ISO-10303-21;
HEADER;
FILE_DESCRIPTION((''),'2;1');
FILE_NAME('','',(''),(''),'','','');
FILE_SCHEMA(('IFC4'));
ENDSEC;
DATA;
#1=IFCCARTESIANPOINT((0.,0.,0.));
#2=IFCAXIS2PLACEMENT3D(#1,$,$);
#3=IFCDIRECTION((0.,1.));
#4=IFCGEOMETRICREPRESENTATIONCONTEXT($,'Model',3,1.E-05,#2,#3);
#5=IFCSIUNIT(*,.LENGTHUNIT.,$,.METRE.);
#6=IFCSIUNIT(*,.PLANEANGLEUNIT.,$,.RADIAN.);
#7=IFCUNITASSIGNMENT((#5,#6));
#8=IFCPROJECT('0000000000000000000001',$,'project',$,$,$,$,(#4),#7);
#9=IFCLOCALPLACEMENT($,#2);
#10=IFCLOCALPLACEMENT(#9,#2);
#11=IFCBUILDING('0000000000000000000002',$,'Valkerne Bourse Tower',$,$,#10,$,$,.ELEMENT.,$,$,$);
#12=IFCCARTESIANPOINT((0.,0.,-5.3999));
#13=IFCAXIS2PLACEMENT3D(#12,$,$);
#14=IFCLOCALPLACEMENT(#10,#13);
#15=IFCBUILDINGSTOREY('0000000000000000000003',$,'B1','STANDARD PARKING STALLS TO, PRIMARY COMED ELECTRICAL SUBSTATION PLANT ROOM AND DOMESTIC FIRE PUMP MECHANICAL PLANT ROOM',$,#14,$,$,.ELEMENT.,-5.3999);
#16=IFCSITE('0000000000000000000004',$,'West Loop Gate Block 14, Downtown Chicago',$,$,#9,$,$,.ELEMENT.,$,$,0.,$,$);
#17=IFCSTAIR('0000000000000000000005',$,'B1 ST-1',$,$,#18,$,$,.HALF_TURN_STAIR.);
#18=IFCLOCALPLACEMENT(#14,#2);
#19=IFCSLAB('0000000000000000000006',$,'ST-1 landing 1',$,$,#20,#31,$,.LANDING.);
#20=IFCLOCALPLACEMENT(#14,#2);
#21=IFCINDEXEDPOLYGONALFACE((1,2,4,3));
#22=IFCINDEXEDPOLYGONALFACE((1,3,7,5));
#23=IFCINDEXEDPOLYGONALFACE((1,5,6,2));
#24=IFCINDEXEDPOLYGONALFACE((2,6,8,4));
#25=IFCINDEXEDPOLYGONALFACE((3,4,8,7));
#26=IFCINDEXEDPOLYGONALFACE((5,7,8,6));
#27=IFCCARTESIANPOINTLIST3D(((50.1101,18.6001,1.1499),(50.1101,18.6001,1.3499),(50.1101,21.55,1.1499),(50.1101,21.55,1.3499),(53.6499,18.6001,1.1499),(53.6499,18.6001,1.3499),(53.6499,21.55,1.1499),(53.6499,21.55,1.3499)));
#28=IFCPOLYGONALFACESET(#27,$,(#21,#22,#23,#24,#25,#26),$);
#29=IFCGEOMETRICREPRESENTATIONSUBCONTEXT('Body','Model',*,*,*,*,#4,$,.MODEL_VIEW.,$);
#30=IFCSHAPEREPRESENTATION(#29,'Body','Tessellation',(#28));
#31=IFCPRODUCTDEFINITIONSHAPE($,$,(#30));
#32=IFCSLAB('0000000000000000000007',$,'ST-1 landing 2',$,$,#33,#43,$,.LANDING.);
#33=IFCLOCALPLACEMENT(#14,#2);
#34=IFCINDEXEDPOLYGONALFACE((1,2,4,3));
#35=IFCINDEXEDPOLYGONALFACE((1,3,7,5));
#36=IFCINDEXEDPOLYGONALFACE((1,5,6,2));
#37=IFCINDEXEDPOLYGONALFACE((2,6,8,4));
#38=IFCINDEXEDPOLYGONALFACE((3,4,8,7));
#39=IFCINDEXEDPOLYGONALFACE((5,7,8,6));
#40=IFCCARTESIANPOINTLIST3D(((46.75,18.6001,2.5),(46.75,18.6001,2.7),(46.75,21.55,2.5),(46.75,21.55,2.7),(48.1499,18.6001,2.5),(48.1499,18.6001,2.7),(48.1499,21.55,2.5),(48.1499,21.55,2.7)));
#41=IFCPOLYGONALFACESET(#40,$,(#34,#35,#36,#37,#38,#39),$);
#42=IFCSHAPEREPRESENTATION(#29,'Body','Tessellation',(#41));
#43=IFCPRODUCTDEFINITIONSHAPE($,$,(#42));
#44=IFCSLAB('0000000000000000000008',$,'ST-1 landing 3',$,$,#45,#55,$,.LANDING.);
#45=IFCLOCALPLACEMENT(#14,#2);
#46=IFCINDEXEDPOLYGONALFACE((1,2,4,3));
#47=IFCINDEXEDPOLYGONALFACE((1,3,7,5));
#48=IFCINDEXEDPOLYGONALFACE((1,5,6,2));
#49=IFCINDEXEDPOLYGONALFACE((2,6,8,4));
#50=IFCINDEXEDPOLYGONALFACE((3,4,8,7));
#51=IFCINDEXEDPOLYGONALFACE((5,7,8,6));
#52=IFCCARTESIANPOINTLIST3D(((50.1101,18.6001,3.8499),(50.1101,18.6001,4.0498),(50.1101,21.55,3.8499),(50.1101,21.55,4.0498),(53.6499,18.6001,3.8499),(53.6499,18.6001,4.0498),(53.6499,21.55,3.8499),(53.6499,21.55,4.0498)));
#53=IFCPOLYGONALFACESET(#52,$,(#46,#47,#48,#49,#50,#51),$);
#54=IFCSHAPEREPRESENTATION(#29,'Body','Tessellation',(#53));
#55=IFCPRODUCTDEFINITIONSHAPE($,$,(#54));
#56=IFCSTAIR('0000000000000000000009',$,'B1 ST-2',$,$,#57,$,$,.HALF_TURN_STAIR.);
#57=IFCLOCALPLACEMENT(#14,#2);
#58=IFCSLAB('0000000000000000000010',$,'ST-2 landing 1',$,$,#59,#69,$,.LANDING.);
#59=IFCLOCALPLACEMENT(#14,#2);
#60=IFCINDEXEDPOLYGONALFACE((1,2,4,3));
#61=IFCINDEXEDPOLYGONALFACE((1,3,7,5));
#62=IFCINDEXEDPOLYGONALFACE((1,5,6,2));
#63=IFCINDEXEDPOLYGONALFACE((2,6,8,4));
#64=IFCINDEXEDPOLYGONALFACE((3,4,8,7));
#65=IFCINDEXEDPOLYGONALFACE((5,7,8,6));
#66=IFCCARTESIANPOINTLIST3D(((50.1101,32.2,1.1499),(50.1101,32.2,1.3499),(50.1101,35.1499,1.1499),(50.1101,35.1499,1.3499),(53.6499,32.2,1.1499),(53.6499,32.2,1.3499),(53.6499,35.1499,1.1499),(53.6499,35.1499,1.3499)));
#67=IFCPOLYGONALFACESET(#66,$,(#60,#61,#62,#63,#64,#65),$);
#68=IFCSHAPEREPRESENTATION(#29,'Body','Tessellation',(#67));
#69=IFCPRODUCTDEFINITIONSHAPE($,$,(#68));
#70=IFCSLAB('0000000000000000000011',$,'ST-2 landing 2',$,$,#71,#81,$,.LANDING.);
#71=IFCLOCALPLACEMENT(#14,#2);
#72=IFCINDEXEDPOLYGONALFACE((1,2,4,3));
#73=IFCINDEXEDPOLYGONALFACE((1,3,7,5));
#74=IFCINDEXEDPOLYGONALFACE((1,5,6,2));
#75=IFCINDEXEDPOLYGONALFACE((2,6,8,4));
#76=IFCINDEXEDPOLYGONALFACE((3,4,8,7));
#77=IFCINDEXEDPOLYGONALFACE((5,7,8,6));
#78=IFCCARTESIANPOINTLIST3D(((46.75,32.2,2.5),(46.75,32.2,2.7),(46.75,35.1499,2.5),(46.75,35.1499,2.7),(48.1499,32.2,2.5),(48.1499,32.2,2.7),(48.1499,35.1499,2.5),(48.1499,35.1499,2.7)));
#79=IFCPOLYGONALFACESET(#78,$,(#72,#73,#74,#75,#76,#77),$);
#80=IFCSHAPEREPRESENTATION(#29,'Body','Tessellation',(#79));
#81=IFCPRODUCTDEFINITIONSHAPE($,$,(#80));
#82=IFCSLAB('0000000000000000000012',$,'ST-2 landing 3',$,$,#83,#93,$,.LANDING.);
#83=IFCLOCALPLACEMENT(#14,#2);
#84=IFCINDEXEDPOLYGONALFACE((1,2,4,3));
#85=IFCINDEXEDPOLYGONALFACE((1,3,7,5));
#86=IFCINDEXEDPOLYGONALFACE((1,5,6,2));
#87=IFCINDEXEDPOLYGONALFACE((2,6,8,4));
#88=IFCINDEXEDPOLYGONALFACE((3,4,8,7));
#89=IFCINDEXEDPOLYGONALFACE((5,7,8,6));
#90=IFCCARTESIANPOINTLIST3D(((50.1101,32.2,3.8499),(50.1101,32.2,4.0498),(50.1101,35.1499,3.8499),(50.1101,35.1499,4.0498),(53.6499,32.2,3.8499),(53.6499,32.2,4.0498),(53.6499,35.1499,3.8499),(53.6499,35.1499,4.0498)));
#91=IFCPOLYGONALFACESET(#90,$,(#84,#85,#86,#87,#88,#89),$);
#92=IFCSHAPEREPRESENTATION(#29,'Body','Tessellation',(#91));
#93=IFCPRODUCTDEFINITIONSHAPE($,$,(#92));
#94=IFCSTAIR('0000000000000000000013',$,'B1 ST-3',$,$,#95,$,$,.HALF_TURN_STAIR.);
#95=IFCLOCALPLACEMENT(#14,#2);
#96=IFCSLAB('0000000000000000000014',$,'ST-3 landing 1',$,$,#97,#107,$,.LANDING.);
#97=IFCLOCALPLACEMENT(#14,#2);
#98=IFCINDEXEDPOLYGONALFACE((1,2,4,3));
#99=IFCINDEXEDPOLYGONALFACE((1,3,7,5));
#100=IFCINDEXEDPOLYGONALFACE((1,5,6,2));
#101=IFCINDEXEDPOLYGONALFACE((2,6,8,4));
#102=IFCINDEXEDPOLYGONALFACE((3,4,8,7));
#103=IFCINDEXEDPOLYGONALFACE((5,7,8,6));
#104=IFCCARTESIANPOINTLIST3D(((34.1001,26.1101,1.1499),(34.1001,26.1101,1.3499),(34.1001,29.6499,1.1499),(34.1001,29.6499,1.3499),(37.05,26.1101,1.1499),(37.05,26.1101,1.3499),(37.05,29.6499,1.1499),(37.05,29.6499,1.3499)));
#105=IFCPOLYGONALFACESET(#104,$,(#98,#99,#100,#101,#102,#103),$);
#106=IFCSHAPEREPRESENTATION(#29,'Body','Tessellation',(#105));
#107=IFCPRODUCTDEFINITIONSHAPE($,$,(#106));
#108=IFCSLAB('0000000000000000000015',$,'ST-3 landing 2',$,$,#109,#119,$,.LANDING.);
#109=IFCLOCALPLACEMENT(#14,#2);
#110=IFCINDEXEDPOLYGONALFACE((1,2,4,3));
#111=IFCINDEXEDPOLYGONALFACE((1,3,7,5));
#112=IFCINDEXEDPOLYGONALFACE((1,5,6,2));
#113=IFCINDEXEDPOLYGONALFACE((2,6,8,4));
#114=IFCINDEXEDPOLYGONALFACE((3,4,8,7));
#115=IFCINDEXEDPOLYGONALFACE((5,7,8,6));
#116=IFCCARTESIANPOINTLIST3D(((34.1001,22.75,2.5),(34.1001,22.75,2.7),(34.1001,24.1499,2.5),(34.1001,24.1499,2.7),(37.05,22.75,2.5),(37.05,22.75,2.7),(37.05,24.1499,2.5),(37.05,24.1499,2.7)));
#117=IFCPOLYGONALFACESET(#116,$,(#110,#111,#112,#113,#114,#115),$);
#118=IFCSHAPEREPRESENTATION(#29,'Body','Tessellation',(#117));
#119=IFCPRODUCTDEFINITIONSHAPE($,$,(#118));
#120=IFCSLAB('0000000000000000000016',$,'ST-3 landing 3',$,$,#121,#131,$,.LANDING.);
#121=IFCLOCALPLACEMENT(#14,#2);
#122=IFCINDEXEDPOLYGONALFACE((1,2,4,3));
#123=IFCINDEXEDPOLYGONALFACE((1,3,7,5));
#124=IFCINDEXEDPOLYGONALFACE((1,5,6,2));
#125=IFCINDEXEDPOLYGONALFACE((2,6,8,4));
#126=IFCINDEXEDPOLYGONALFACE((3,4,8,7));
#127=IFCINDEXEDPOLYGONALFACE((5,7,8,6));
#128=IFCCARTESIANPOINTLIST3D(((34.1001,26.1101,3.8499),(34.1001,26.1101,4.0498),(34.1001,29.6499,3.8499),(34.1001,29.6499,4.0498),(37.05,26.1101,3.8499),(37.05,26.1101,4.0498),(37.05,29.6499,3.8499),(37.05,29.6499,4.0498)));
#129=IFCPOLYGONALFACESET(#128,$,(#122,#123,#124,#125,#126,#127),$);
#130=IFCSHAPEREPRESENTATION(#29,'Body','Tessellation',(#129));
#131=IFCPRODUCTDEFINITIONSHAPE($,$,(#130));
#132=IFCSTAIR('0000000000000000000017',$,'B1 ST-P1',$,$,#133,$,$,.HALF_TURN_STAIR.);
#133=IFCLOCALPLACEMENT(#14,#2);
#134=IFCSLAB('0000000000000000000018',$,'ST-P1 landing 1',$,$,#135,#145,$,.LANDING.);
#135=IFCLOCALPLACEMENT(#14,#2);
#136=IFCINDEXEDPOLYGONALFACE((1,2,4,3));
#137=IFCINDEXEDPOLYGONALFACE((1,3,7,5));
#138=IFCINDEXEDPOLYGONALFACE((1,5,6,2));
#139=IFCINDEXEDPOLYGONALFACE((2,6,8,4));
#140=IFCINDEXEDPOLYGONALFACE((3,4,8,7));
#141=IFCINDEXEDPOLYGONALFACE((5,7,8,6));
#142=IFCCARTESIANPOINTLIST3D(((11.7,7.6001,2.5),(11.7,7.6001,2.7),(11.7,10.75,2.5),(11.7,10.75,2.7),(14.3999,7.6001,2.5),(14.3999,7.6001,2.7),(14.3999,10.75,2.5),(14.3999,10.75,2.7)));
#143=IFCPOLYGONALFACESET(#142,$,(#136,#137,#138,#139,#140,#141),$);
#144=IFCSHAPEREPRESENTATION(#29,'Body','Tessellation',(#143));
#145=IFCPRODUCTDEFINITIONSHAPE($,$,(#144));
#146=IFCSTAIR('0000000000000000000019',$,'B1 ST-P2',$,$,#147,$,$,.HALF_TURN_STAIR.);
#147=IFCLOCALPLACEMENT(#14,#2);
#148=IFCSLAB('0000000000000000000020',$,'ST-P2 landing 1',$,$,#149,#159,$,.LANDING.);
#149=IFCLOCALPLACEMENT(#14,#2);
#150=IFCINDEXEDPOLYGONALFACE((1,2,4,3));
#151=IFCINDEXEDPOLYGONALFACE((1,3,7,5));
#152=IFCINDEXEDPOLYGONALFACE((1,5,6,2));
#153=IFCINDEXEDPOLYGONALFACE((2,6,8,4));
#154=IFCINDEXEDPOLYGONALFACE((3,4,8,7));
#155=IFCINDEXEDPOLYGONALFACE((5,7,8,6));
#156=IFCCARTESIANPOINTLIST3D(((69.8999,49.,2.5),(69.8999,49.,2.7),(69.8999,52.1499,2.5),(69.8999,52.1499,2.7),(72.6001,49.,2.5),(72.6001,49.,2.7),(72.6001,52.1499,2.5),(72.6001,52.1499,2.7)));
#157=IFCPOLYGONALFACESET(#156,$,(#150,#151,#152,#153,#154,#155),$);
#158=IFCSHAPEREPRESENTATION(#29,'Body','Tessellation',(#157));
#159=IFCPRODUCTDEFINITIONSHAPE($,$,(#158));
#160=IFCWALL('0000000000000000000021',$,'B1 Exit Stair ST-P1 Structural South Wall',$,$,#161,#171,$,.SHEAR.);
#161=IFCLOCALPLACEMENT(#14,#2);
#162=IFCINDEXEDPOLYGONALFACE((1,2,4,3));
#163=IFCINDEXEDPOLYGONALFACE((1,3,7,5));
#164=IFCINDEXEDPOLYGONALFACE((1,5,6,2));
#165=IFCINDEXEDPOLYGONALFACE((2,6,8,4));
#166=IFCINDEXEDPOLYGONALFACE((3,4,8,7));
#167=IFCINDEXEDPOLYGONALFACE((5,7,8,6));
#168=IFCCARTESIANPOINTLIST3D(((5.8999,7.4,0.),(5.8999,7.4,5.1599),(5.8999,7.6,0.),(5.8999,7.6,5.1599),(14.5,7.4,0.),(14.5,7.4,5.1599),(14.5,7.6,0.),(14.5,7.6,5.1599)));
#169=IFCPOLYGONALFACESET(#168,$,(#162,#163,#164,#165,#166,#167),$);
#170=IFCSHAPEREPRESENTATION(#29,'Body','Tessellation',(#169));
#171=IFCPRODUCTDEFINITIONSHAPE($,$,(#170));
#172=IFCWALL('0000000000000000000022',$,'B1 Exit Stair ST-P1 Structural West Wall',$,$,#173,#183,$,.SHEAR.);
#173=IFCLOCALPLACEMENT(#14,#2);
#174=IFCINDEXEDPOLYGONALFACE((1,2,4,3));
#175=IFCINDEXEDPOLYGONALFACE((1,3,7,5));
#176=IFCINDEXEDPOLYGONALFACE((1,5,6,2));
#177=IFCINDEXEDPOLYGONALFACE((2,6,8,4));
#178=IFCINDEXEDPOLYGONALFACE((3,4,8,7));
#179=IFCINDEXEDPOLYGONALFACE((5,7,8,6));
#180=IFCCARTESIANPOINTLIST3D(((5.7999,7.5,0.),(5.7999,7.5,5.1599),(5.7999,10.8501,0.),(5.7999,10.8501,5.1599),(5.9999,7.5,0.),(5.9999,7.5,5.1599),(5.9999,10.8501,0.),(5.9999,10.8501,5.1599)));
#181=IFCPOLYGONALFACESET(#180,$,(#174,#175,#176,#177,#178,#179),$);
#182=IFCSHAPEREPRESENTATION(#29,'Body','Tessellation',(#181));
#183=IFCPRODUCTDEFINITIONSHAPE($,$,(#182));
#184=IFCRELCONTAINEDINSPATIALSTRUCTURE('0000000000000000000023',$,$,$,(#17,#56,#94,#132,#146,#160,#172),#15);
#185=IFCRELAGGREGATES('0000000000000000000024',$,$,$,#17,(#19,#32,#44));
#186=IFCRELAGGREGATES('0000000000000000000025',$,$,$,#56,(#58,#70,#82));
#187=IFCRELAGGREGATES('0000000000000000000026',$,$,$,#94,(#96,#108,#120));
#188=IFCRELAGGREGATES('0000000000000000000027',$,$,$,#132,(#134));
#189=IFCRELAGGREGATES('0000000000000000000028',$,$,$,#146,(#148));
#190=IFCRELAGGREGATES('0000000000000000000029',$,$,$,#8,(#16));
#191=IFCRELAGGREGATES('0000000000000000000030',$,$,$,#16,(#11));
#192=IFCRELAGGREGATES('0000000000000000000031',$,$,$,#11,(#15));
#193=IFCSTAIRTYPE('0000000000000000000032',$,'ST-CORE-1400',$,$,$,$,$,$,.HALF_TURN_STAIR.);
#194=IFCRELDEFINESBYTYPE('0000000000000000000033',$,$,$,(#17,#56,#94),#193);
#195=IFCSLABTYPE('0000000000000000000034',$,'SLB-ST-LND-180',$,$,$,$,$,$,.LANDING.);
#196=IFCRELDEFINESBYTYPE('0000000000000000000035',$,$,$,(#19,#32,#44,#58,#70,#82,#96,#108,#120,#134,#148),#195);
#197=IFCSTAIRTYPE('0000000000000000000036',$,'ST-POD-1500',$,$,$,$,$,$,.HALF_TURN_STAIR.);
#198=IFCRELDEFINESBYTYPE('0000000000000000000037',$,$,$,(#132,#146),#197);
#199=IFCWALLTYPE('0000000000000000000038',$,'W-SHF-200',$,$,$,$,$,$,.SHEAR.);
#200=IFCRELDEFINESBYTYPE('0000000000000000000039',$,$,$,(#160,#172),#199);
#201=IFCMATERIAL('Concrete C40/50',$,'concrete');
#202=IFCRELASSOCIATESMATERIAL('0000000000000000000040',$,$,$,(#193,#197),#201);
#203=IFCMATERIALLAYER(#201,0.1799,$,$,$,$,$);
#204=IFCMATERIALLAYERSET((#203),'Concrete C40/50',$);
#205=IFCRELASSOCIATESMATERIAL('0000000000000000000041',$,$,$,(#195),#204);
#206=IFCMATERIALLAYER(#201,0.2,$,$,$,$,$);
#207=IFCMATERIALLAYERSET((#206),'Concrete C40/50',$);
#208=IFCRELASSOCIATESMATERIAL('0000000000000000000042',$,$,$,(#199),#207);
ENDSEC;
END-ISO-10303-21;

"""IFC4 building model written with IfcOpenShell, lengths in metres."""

from ifc_helpers import new_model, si_unit, direction, frame, frame_2d, origin, place, context, subcontext, project, spatial, polyline, rectangle, outline, extrude, material, layer, layer_set, type_object, element, aggregate, save


model = new_model("IFC4")

# Units and contexts
model_context = context("Model", 3, precision=1e-05, world=origin(), true_north=direction((0.0, 1.0)))
body_context = subcontext(model_context, "Body", "Model", "MODEL_VIEW")
ifc_project = project(units=[si_unit("LENGTHUNIT", "METRE"), si_unit("PLANEANGLEUNIT", "RADIAN")], contexts=[model_context])

# Site, building, storey
site_placement = place(None, origin())
site = spatial("IfcSite", under=ifc_project, at=site_placement, Name="West Loop Gate Block 14, Downtown Chicago", CompositionType="ELEMENT", RefElevation=0.0)
building_placement = place(site_placement, origin())
building = spatial("IfcBuilding", under=site, at=building_placement, Name="Valkerne Bourse Tower", CompositionType="ELEMENT")
storey_placement = place(building_placement, frame((0.0, 0.0, -5.3999)))
storey = spatial("IfcBuildingStorey", under=building, at=storey_placement, Name="B1", Description="STANDARD PARKING STALLS TO, PRIMARY COMED ELECTRICAL SUBSTATION PLANT ROOM AND DOMESTIC FIRE PUMP MECHANICAL PLANT ROOM", CompositionType="ELEMENT", Elevation=-5.3999)

# Shared definitions
ifc_material_1 = material(Name="Concrete C40/50", Category="concrete")

# Stairs, slabs
stair_type_1 = type_object("IfcStairType", Name="ST-CORE-1400", PredefinedType="HALF_TURN_STAIR", material=ifc_material_1)
stair_1_placement = place(storey_placement, origin())
stair_1 = element("IfcStair", 1, at=stair_1_placement, inside=storey, type_object=stair_type_1, Name="B1 ST-1", PredefinedType="HALF_TURN_STAIR")
ifc_layer_1 = layer(ifc_material_1, 0.1799)
ifc_layer_set_1 = layer_set([ifc_layer_1], Name="Concrete C40/50")
slab_type_1 = type_object("IfcSlabType", Name="SLB-ST-LND-180", PredefinedType="LANDING", material=ifc_layer_set_1)
slab_1_placement = place(storey_placement, frame((0.0, 0.0, 1.1499)))
slab_1 = element("IfcSlab", 2, at=slab_1_placement, type_object=slab_type_1, Name="ST-1 landing 1", PredefinedType="LANDING", context=body_context, shape_type="SweptSolid", body=[
    extrude(outline(polyline([(50.1101, 18.6001), (53.6499, 18.6001), (53.6499, 21.55), (50.1101, 21.55), (50.1101, 18.6001)])), origin(), (0.0, 0.0, 1.0), 0.2),
])
slab_2_placement = place(storey_placement, frame((0.0, 0.0, 2.5)))
slab_2 = element("IfcSlab", 3, at=slab_2_placement, type_object=slab_type_1, Name="ST-1 landing 2", PredefinedType="LANDING", context=body_context, shape_type="SweptSolid", body=[
    extrude(outline(polyline([(46.75, 18.6001), (48.1499, 18.6001), (48.1499, 21.55), (46.75, 21.55), (46.75, 18.6001)])), origin(), (0.0, 0.0, 1.0), 0.2),
])
slab_3_placement = place(storey_placement, frame((0.0, 0.0, 3.8499)))
slab_3 = element("IfcSlab", 4, at=slab_3_placement, type_object=slab_type_1, Name="ST-1 landing 3", PredefinedType="LANDING", context=body_context, shape_type="SweptSolid", body=[
    extrude(outline(polyline([(50.1101, 18.6001), (53.6499, 18.6001), (53.6499, 21.55), (50.1101, 21.55), (50.1101, 18.6001)])), origin(), (0.0, 0.0, 1.0), 0.2),
])
aggregate(stair_1, [slab_1, slab_2, slab_3])
stair_2_placement = place(storey_placement, origin())
stair_2 = element("IfcStair", 5, at=stair_2_placement, inside=storey, type_object=stair_type_1, Name="B1 ST-2", PredefinedType="HALF_TURN_STAIR")
slab_4_placement = place(storey_placement, frame((0.0, 0.0, 1.1499)))
slab_4 = element("IfcSlab", 6, at=slab_4_placement, type_object=slab_type_1, Name="ST-2 landing 1", PredefinedType="LANDING", context=body_context, shape_type="SweptSolid", body=[
    extrude(outline(polyline([(50.1101, 32.2), (53.6499, 32.2), (53.6499, 35.1499), (50.1101, 35.1499), (50.1101, 32.2)])), origin(), (0.0, 0.0, 1.0), 0.2),
])
slab_5_placement = place(storey_placement, frame((0.0, 0.0, 2.5)))
slab_5 = element("IfcSlab", 7, at=slab_5_placement, type_object=slab_type_1, Name="ST-2 landing 2", PredefinedType="LANDING", context=body_context, shape_type="SweptSolid", body=[
    extrude(outline(polyline([(46.75, 32.2), (48.1499, 32.2), (48.1499, 35.1499), (46.75, 35.1499), (46.75, 32.2)])), origin(), (0.0, 0.0, 1.0), 0.2),
])
slab_6_placement = place(storey_placement, frame((0.0, 0.0, 3.8499)))
slab_6 = element("IfcSlab", 8, at=slab_6_placement, type_object=slab_type_1, Name="ST-2 landing 3", PredefinedType="LANDING", context=body_context, shape_type="SweptSolid", body=[
    extrude(outline(polyline([(50.1101, 32.2), (53.6499, 32.2), (53.6499, 35.1499), (50.1101, 35.1499), (50.1101, 32.2)])), origin(), (0.0, 0.0, 1.0), 0.2),
])
aggregate(stair_2, [slab_4, slab_5, slab_6])
stair_3_placement = place(storey_placement, origin())
stair_3 = element("IfcStair", 9, at=stair_3_placement, inside=storey, type_object=stair_type_1, Name="B1 ST-3", PredefinedType="HALF_TURN_STAIR")
slab_7_placement = place(storey_placement, frame((0.0, 0.0, 1.1499)))
slab_7 = element("IfcSlab", 10, at=slab_7_placement, type_object=slab_type_1, Name="ST-3 landing 1", PredefinedType="LANDING", context=body_context, shape_type="SweptSolid", body=[
    extrude(outline(polyline([(37.05, 26.1101), (37.05, 29.6499), (34.1001, 29.6499), (34.1001, 26.1101), (37.05, 26.1101)])), origin(), (0.0, 0.0, 1.0), 0.2),
])
slab_8_placement = place(storey_placement, frame((0.0, 0.0, 2.5)))
slab_8 = element("IfcSlab", 11, at=slab_8_placement, type_object=slab_type_1, Name="ST-3 landing 2", PredefinedType="LANDING", context=body_context, shape_type="SweptSolid", body=[
    extrude(outline(polyline([(37.05, 22.75), (37.05, 24.1499), (34.1001, 24.1499), (34.1001, 22.75), (37.05, 22.75)])), origin(), (0.0, 0.0, 1.0), 0.2),
])
slab_9_placement = place(storey_placement, frame((0.0, 0.0, 3.8499)))
slab_9 = element("IfcSlab", 12, at=slab_9_placement, type_object=slab_type_1, Name="ST-3 landing 3", PredefinedType="LANDING", context=body_context, shape_type="SweptSolid", body=[
    extrude(outline(polyline([(37.05, 26.1101), (37.05, 29.6499), (34.1001, 29.6499), (34.1001, 26.1101), (37.05, 26.1101)])), origin(), (0.0, 0.0, 1.0), 0.2),
])
aggregate(stair_3, [slab_7, slab_8, slab_9])

# Stairs, slabs
stair_type_2 = type_object("IfcStairType", Name="ST-POD-1500", PredefinedType="HALF_TURN_STAIR", material=ifc_material_1)
stair_4_placement = place(storey_placement, origin())
stair_4 = element("IfcStair", 13, at=stair_4_placement, inside=storey, type_object=stair_type_2, Name="B1 ST-P1", PredefinedType="HALF_TURN_STAIR")
slab_10_placement = place(storey_placement, frame((0.0, 0.0, 2.5)))
slab_10 = element("IfcSlab", 14, at=slab_10_placement, type_object=slab_type_1, Name="ST-P1 landing 1", PredefinedType="LANDING", context=body_context, shape_type="SweptSolid", body=[
    extrude(outline(polyline([(11.7, 7.6001), (14.3999, 7.6001), (14.3999, 10.75), (11.7, 10.75), (11.7, 7.6001)])), origin(), (0.0, 0.0, 1.0), 0.2),
])
aggregate(stair_4, [slab_10])
stair_5_placement = place(storey_placement, origin())
stair_5 = element("IfcStair", 15, at=stair_5_placement, inside=storey, type_object=stair_type_2, Name="B1 ST-P2", PredefinedType="HALF_TURN_STAIR")
slab_11_placement = place(storey_placement, frame((0.0, 0.0, 2.5)))
slab_11 = element("IfcSlab", 16, at=slab_11_placement, type_object=slab_type_1, Name="ST-P2 landing 1", PredefinedType="LANDING", context=body_context, shape_type="SweptSolid", body=[
    extrude(outline(polyline([(69.8999, 49.0), (72.6001, 49.0), (72.6001, 52.1499), (69.8999, 52.1499), (69.8999, 49.0)])), origin(), (0.0, 0.0, 1.0), 0.2),
])
aggregate(stair_5, [slab_11])

# Walls
ifc_layer_2 = layer(ifc_material_1, 0.2)
ifc_layer_set_2 = layer_set([ifc_layer_2], Name="Concrete C40/50")
wall_type = type_object("IfcWallType", Name="W-SHF-200", PredefinedType="SHEAR", material=ifc_layer_set_2)
wall_1_placement = place(storey_placement, frame((5.8999, 7.5, 0.0), z_axis=(0.0, 0.0, 1.0), x_axis=(1.0, 0.0, 0.0)))
element("IfcWall", 17, at=wall_1_placement, inside=storey, type_object=wall_type, Name="B1 Exit Stair ST-P1 Structural South Wall", PredefinedType="SHEAR", context=body_context, shape_type="SweptSolid", body=[
    extrude(rectangle(XDim=8.6001, YDim=0.2, at=frame_2d((4.3, 0.0))), origin(), (0.0, 0.0, 1.0), 5.1599),
])
wall_2_placement = place(storey_placement, frame((5.8999, 7.5, 0.0), z_axis=(0.0, 0.0, 1.0), x_axis=(0.0, 1.0, 0.0)))
element("IfcWall", 18, at=wall_2_placement, inside=storey, type_object=wall_type, Name="B1 Exit Stair ST-P1 Structural West Wall", PredefinedType="SHEAR", context=body_context, shape_type="SweptSolid", body=[
    extrude(rectangle(XDim=3.3501, YDim=0.2, at=frame_2d((1.675, 0.0))), origin(), (0.0, 0.0, 1.0), 5.1599),
])

save(model, "model.ifc")
